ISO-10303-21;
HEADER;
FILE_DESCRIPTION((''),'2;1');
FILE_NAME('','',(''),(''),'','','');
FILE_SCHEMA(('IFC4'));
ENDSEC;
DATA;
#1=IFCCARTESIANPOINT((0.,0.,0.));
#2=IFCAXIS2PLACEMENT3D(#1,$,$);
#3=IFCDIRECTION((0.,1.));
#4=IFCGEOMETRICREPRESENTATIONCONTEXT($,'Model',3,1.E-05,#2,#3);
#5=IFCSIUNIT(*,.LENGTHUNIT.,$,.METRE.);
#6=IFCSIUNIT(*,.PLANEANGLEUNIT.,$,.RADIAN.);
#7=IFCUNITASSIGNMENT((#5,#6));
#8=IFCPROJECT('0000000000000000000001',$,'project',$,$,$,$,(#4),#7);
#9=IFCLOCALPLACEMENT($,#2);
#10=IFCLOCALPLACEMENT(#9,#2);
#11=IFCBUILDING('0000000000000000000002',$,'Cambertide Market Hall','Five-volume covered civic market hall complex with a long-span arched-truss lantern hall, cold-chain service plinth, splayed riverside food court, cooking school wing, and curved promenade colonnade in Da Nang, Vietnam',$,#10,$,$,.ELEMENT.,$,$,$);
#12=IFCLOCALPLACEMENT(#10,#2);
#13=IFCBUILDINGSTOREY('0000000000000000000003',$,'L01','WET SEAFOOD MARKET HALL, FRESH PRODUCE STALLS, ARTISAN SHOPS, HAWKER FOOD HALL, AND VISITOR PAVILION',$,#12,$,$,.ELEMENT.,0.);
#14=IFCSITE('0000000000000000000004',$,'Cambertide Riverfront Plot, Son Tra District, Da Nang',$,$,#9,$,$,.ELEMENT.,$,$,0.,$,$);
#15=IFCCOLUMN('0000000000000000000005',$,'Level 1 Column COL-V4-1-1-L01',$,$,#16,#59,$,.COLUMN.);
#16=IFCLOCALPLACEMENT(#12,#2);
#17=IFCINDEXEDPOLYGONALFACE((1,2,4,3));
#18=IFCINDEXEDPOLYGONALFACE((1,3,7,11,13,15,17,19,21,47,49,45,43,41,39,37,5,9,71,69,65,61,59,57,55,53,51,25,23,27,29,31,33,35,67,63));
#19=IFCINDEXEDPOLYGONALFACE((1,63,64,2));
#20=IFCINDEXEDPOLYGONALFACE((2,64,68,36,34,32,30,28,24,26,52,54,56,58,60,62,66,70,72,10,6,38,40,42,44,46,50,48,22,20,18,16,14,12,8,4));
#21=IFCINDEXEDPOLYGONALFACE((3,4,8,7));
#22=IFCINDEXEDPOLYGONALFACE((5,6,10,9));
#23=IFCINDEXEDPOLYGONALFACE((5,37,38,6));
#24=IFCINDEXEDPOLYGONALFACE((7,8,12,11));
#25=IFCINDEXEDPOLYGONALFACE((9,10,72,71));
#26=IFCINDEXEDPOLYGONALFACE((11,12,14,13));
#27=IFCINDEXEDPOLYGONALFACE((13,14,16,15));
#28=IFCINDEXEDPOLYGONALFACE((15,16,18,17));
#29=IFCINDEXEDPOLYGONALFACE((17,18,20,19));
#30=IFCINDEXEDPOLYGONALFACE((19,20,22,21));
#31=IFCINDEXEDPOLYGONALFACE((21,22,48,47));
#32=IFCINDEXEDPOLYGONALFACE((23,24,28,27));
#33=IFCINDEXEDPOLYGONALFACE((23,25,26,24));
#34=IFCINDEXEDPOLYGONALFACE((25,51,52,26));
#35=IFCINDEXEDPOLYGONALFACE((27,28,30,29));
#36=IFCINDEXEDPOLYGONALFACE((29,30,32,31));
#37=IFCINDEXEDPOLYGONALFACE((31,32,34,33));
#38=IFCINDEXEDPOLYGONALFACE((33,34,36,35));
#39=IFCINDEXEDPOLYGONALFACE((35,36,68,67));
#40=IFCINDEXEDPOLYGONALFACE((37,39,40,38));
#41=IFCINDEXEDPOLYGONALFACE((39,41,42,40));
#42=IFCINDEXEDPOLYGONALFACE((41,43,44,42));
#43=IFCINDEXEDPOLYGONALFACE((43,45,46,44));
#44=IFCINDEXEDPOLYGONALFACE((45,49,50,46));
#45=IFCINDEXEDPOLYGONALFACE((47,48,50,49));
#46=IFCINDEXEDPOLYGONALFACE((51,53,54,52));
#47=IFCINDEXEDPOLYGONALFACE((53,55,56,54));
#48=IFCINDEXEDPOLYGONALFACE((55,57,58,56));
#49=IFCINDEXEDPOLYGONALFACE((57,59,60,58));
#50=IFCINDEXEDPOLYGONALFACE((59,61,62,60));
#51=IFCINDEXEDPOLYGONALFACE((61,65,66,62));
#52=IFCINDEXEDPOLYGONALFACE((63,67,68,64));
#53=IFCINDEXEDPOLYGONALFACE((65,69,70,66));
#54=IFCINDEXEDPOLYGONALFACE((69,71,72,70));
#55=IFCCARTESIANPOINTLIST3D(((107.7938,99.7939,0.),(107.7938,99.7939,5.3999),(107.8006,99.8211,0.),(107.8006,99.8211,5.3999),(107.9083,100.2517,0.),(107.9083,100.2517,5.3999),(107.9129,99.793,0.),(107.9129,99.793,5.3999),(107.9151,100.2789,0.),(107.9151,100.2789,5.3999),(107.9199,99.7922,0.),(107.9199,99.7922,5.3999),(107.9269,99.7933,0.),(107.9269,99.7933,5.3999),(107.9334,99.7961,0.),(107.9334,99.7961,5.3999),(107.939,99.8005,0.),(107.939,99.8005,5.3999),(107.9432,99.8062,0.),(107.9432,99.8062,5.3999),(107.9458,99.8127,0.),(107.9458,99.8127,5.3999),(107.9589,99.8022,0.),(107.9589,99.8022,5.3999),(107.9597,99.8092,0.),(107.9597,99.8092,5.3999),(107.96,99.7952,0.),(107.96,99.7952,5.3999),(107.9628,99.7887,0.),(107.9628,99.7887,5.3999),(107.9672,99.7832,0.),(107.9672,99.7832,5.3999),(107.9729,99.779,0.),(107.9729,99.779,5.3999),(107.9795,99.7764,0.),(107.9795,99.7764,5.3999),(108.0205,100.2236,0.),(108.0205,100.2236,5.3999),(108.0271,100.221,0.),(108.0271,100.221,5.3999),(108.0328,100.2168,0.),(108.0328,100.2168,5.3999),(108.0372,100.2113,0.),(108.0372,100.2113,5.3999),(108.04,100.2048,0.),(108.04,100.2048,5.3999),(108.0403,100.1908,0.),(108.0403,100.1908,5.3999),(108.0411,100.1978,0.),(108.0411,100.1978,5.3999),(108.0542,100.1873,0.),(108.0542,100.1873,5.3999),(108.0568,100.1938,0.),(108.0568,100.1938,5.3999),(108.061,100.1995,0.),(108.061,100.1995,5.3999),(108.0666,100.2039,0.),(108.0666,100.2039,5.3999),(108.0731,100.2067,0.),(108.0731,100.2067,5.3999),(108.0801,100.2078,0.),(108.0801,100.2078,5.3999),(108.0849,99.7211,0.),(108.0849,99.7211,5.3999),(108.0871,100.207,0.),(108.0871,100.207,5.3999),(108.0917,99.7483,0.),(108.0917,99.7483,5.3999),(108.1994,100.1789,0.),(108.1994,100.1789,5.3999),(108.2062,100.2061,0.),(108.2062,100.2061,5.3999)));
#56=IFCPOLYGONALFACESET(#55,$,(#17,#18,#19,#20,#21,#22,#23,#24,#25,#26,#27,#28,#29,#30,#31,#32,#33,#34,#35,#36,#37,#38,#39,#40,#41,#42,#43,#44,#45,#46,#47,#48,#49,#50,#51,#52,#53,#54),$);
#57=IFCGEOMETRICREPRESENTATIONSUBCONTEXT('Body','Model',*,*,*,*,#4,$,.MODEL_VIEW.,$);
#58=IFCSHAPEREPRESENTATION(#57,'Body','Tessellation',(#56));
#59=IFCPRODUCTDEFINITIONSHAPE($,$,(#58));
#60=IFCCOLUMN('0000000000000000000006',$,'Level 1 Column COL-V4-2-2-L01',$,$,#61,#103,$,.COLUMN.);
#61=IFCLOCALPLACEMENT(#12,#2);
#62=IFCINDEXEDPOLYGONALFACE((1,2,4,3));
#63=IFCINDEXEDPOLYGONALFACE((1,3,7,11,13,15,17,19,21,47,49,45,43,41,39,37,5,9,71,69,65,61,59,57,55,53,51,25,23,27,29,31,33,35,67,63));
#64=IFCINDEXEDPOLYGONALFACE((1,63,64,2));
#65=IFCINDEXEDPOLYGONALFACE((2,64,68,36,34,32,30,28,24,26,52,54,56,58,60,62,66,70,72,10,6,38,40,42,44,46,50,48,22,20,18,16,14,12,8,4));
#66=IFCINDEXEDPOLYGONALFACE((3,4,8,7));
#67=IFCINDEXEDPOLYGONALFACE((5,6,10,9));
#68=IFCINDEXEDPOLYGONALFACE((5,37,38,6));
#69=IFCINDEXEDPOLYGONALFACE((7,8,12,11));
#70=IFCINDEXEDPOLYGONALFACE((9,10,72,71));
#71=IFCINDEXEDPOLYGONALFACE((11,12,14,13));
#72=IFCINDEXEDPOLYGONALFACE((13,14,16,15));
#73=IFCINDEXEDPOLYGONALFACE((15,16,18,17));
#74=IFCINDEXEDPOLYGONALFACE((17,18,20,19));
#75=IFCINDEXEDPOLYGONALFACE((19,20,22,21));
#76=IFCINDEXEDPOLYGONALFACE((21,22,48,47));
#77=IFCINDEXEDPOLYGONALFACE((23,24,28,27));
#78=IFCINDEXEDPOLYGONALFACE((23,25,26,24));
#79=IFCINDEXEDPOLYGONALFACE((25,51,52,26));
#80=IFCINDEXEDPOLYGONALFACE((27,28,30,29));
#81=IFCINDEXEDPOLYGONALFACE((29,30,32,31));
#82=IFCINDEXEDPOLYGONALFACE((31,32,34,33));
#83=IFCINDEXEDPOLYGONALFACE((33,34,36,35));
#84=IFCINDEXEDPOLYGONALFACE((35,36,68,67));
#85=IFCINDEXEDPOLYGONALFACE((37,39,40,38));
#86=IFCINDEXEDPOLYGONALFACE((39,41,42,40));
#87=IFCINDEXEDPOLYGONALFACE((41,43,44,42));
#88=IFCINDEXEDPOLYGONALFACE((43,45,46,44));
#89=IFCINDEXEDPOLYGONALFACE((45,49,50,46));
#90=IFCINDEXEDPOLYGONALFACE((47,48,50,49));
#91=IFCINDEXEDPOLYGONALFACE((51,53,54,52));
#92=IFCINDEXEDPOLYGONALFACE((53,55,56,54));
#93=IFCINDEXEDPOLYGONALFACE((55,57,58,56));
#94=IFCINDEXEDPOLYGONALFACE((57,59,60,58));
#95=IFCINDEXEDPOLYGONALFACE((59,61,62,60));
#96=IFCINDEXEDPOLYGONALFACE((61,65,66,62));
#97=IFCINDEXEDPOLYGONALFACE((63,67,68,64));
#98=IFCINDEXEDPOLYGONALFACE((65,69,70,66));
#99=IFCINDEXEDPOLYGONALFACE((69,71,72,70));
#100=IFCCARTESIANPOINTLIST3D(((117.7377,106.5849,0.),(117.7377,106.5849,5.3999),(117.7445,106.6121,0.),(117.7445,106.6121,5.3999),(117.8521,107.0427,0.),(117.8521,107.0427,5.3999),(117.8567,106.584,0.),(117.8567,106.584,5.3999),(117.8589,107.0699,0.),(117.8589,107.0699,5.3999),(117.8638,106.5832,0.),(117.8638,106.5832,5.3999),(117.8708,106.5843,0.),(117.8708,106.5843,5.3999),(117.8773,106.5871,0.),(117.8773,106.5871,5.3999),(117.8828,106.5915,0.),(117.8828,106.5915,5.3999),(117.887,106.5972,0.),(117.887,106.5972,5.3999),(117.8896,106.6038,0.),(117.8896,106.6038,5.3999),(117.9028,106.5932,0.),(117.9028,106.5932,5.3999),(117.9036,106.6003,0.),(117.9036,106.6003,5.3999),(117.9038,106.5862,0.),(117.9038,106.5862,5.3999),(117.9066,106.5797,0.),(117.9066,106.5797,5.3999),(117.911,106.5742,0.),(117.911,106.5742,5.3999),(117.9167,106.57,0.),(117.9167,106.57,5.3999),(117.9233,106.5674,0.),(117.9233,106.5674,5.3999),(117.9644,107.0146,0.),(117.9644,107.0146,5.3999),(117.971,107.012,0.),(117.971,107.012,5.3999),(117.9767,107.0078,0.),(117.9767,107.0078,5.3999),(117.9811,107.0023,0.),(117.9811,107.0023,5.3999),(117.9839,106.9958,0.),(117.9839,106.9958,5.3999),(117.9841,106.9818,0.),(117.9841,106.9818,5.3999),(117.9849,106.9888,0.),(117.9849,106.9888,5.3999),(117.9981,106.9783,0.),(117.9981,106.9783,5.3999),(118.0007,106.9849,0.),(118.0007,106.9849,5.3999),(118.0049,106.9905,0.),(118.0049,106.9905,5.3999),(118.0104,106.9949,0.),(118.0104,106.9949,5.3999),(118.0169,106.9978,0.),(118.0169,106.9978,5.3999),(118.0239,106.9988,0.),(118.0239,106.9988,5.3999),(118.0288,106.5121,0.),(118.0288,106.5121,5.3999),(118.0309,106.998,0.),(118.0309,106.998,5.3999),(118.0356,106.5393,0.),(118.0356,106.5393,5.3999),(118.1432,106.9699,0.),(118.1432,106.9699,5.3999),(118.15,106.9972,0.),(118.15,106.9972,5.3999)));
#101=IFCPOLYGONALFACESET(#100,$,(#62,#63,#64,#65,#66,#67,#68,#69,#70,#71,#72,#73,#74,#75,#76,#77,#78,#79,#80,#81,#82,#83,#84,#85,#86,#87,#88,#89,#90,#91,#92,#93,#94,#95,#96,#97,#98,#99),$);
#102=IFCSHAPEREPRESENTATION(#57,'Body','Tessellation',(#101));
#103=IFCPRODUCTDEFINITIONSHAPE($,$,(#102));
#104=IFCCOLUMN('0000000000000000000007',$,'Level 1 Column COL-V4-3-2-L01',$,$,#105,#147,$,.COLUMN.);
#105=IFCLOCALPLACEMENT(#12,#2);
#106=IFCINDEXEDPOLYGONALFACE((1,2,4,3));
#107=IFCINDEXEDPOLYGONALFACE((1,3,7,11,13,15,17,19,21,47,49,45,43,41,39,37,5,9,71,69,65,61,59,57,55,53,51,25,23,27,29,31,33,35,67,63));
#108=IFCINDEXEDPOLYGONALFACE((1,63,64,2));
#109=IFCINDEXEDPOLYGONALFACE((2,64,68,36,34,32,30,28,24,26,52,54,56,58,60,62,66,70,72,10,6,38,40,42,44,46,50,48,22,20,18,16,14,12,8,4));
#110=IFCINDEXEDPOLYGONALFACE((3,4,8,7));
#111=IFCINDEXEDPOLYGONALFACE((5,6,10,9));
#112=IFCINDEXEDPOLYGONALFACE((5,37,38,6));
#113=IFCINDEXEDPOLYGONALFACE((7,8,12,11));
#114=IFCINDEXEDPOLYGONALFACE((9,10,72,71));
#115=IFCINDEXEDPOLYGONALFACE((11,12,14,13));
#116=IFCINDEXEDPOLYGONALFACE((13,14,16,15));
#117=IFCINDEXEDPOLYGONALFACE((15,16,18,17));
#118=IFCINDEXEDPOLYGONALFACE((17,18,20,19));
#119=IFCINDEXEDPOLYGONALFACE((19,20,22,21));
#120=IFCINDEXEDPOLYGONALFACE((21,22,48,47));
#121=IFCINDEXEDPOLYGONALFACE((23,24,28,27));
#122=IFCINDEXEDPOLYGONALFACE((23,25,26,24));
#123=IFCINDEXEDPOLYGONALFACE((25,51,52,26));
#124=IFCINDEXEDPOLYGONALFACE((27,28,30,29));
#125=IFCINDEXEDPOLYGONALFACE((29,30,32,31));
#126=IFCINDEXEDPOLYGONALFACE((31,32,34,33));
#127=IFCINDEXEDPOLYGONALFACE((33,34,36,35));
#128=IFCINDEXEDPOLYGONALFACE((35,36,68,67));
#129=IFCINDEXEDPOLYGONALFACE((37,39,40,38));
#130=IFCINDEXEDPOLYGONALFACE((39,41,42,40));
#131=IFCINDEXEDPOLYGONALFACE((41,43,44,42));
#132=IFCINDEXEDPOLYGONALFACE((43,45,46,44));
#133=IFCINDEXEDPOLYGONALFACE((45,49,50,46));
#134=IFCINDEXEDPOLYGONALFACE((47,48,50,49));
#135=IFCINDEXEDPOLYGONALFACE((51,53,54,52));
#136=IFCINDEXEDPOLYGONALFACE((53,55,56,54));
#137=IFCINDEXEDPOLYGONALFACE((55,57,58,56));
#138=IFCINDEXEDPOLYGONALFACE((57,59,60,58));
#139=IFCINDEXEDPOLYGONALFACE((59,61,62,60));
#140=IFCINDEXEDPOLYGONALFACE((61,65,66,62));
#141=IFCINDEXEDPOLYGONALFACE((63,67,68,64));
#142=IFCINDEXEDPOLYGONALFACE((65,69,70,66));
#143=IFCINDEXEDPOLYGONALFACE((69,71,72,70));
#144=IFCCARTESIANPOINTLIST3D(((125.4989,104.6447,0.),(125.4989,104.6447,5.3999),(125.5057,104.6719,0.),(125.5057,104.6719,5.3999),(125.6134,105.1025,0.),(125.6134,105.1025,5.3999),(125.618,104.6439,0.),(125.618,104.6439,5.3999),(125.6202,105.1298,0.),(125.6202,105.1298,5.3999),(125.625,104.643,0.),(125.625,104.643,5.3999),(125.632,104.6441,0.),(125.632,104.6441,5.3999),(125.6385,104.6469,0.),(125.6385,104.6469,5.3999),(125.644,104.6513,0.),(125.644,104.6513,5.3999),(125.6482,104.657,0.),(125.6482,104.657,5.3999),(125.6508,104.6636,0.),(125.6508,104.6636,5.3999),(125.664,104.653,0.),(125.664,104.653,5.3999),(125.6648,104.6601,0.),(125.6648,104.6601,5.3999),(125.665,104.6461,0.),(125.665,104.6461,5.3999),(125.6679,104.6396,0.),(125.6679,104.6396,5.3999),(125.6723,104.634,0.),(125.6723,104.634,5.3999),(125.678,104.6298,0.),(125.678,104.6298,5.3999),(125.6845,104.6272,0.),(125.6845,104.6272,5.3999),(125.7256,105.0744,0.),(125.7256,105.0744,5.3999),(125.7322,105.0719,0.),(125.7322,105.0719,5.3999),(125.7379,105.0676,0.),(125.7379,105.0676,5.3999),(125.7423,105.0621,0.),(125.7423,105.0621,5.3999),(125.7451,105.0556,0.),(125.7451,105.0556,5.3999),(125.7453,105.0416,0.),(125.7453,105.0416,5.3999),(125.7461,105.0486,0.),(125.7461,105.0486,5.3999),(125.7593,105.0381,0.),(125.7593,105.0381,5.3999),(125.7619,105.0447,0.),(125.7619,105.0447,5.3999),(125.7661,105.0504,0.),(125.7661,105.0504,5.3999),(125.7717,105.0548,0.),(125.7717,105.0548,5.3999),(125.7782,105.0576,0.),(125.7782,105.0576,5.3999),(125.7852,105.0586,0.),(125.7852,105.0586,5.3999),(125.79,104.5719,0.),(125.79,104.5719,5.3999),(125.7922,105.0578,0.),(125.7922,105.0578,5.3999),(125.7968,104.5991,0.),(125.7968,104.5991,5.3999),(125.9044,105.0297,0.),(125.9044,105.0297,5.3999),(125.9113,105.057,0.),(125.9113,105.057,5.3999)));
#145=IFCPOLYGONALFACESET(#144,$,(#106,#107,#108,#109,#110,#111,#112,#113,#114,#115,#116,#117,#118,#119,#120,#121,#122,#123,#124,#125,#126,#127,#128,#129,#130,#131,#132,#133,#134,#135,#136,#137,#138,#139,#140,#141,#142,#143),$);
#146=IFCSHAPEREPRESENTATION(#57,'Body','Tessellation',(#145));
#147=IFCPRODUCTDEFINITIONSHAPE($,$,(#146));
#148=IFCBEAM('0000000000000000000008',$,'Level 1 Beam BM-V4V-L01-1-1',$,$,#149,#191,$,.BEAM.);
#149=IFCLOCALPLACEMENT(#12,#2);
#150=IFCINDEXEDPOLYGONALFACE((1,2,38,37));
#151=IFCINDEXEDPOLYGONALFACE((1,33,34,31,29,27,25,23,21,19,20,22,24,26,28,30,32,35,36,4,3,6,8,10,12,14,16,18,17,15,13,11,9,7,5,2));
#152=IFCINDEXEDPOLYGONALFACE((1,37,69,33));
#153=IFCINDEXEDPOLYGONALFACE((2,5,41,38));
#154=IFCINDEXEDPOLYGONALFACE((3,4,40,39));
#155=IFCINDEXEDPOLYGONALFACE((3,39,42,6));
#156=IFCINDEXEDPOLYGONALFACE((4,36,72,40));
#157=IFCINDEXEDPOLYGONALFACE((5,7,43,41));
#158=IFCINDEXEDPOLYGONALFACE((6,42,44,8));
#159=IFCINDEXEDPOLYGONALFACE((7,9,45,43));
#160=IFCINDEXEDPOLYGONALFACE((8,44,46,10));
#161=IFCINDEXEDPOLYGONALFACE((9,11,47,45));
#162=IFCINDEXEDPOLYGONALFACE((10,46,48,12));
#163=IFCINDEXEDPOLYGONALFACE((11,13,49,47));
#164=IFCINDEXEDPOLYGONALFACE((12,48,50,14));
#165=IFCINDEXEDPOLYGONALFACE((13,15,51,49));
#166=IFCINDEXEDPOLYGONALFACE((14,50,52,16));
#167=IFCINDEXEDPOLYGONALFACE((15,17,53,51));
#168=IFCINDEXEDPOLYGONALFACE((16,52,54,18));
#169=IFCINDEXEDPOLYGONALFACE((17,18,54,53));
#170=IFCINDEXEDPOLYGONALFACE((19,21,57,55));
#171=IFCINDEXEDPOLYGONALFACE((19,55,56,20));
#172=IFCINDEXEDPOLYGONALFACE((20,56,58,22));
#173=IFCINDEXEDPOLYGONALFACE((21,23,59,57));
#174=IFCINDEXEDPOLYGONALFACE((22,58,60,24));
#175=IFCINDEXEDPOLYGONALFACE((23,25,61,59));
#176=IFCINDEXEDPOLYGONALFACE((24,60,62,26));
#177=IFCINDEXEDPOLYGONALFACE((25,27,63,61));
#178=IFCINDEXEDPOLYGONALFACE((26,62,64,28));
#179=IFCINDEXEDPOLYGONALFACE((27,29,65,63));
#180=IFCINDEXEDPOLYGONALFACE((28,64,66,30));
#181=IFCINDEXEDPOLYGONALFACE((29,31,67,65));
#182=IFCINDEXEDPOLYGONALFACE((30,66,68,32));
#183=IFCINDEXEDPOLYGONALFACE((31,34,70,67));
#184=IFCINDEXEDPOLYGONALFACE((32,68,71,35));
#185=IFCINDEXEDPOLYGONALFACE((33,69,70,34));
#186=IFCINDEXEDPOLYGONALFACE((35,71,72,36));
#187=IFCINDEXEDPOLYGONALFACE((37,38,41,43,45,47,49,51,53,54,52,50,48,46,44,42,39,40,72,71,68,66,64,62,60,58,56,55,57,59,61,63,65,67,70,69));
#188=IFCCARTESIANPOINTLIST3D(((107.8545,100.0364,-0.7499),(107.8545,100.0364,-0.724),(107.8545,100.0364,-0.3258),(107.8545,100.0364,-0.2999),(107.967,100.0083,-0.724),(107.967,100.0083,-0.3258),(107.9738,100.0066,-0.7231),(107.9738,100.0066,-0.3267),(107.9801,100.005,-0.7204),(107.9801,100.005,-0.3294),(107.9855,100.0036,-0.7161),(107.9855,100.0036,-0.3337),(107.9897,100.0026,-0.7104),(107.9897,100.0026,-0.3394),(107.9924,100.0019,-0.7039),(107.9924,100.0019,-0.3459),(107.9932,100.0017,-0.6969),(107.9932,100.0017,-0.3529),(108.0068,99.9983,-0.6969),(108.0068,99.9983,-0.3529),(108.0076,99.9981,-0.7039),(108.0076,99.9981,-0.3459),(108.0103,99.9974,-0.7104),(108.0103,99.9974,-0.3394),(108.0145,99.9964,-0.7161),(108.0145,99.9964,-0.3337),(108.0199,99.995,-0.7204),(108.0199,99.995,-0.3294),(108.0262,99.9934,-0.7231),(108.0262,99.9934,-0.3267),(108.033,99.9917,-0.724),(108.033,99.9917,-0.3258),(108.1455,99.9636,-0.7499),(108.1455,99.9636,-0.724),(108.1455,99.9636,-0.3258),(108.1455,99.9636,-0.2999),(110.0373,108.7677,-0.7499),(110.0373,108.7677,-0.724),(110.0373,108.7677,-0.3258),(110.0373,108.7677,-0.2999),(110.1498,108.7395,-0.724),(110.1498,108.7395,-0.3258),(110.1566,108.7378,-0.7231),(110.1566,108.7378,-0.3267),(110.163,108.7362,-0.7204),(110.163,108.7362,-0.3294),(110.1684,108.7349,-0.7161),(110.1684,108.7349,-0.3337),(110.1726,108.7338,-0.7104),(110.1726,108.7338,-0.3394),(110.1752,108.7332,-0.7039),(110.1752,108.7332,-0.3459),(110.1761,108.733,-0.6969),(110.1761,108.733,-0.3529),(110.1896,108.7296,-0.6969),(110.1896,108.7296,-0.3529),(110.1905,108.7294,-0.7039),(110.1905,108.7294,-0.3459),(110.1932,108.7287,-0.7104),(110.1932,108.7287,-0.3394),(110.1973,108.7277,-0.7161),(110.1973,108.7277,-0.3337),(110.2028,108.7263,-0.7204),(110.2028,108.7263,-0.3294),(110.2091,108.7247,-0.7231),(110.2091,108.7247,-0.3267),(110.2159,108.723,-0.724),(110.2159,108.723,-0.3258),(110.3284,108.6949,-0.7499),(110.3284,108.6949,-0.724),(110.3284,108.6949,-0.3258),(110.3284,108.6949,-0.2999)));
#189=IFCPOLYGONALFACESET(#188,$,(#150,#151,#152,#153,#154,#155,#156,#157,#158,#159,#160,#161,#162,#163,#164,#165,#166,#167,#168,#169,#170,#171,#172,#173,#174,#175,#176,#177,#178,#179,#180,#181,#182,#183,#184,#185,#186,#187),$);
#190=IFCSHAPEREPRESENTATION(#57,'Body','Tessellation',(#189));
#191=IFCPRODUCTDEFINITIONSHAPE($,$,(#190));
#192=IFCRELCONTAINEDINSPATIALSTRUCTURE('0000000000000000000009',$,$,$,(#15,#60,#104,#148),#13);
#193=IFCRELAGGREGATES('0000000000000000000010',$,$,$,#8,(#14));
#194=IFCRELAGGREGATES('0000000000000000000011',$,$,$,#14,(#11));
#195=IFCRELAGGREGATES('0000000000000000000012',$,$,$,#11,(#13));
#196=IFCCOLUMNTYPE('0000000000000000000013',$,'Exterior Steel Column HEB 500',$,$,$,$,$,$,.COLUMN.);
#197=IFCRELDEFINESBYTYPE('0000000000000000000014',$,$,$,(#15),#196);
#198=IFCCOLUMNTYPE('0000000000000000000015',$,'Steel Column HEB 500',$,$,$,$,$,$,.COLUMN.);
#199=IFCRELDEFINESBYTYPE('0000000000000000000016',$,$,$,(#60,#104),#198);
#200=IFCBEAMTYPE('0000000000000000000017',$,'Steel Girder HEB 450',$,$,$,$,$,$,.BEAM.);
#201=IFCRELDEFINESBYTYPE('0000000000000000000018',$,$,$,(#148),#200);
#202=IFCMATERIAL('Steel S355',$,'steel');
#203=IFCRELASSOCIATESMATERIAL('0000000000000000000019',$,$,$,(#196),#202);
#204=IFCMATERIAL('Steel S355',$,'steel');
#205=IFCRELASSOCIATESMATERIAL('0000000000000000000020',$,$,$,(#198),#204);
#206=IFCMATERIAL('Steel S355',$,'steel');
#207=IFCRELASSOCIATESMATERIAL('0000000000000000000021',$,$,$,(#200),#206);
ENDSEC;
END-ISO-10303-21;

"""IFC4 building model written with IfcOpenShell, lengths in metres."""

from ifc_helpers import new_model, si_unit, direction, frame, origin, origin_2d, place, context, subcontext, project, spatial, i_section, extrude, material, material_profile, profile_set, type_object, element, save


model = new_model("IFC4")

# Units and contexts
model_context = context("Model", 3, precision=1e-05, world=origin(), true_north=direction((0.0, 1.0)))
body_context = subcontext(model_context, "Body", "Model", "MODEL_VIEW")
ifc_project = project(units=[si_unit("LENGTHUNIT", "METRE"), si_unit("PLANEANGLEUNIT", "RADIAN")], contexts=[model_context])

# Site, building, storey
site_placement = place(None, origin())
site = spatial("IfcSite", under=ifc_project, at=site_placement, Name="Cambertide Riverfront Plot, Son Tra District, Da Nang", CompositionType="ELEMENT", RefElevation=0.0)
building_placement = place(site_placement, origin())
building = spatial("IfcBuilding", under=site, at=building_placement, Name="Cambertide Market Hall", Description="Five-volume covered civic market hall complex with a long-span arched-truss lantern hall, cold-chain service plinth, splayed riverside food court, cooking school wing, and curved promenade colonnade in Da Nang, Vietnam", CompositionType="ELEMENT")
storey_placement = place(building_placement, origin())
storey = spatial("IfcBuildingStorey", under=building, at=storey_placement, Name="L01", Description="WET SEAFOOD MARKET HALL, FRESH PRODUCE STALLS, ARTISAN SHOPS, HAWKER FOOD HALL, AND VISITOR PAVILION", CompositionType="ELEMENT", Elevation=0.0)

# Columns
ifc_material_1 = material(Name="Steel S355", Category="steel")
ifc_material_profile_1 = material_profile(ifc_material_1, i_section(OverallWidth=0.3, OverallDepth=0.5, WebThickness=0.0144, FlangeThickness=0.0281, FilletRadius=0.0271, at=origin_2d()), Name="HEB 500")
ifc_profile_set_1 = profile_set([ifc_material_profile_1], Name="Steel S355")
column_type_1 = type_object("IfcColumnType", Name="Exterior Steel Column HEB 500", PredefinedType="COLUMN", material=ifc_profile_set_1)
column_placement = place(storey_placement, frame((108.0, 100.0, 0.0), z_axis=(0.0, 0.0, 1.0), x_axis=(0.970143, -0.242536, 0.0)))
element("IfcColumn", 1, at=column_placement, inside=storey, type_object=column_type_1, Name="Level 1 Column COL-V4-1-1-L01", PredefinedType="COLUMN", context=body_context, shape_type="SweptSolid", body=[
    extrude(i_section(OverallWidth=0.3, OverallDepth=0.5, WebThickness=0.0144, FlangeThickness=0.0281, FilletRadius=0.0271, at=origin_2d()), origin(), (0.0, 0.0, 1.0), 5.3999),
])
ifc_material_2 = material(Name="Steel S355", Category="steel")
ifc_material_profile_2 = material_profile(ifc_material_2, i_section(OverallWidth=0.3, OverallDepth=0.5, WebThickness=0.0144, FlangeThickness=0.0281, FilletRadius=0.0271, at=origin_2d()), Name="HEB 500")
ifc_profile_set_2 = profile_set([ifc_material_profile_2], Name="Steel S355")
column_type_2 = type_object("IfcColumnType", Name="Steel Column HEB 500", PredefinedType="COLUMN", material=ifc_profile_set_2)
for number, where, z_axis, x_axis, name in (
    (2, (117.9438, 106.791, 0.0), (0.0, 0.0, 1.0), (0.970143, -0.242536, 0.0), "Level 1 Column COL-V4-2-2-L01"),
    (3, (125.7051, 104.8508, 0.0), (0.0, 0.0, 1.0), (0.970143, -0.242536, 0.0), "Level 1 Column COL-V4-3-2-L01"),
):
    element("IfcColumn", number, at=place(storey_placement, frame(where, z_axis=z_axis, x_axis=x_axis)), inside=storey, type_object=column_type_2, Name=name, PredefinedType="COLUMN", context=body_context, shape_type="SweptSolid", body=[
        extrude(i_section(OverallWidth=0.3, OverallDepth=0.5, WebThickness=0.0144, FlangeThickness=0.0281, FilletRadius=0.0271, at=origin_2d()), origin(), (0.0, 0.0, 1.0), 5.3999),
    ])

# Beam
ifc_material_3 = material(Name="Steel S355", Category="steel")
ifc_material_profile_3 = material_profile(ifc_material_3, i_section(OverallWidth=0.3, OverallDepth=0.45, WebThickness=0.0139, FlangeThickness=0.0259, FilletRadius=0.0271, at=origin_2d()), Name="HEB 450")
ifc_profile_set_3 = profile_set([ifc_material_profile_3], Name="Steel S355")
beam_type_1 = type_object("IfcBeamType", Name="Steel Girder HEB 450", PredefinedType="BEAM", material=ifc_profile_set_3)
for number, where, z_axis, x_axis, name in (
    (4, (108.0, 100.0, -0.5249), (0.242542, 0.970141, 0.0), (-0.970141, 0.242542, 0.0), "Level 1 Beam BM-V4V-L01-1-1"),
):
    element("IfcBeam", number, at=place(storey_placement, frame(where, z_axis=z_axis, x_axis=x_axis)), inside=storey, type_object=beam_type_1, Name=name, PredefinedType="BEAM", context=body_context, shape_type="SweptSolid", body=[
        extrude(i_section(OverallWidth=0.3, OverallDepth=0.45, WebThickness=0.0139, FlangeThickness=0.0259, FilletRadius=0.0271, at=origin_2d()), origin(), (0.0, 0.0, 1.0), 9.0),
    ])

save(model, "model.ifc")
